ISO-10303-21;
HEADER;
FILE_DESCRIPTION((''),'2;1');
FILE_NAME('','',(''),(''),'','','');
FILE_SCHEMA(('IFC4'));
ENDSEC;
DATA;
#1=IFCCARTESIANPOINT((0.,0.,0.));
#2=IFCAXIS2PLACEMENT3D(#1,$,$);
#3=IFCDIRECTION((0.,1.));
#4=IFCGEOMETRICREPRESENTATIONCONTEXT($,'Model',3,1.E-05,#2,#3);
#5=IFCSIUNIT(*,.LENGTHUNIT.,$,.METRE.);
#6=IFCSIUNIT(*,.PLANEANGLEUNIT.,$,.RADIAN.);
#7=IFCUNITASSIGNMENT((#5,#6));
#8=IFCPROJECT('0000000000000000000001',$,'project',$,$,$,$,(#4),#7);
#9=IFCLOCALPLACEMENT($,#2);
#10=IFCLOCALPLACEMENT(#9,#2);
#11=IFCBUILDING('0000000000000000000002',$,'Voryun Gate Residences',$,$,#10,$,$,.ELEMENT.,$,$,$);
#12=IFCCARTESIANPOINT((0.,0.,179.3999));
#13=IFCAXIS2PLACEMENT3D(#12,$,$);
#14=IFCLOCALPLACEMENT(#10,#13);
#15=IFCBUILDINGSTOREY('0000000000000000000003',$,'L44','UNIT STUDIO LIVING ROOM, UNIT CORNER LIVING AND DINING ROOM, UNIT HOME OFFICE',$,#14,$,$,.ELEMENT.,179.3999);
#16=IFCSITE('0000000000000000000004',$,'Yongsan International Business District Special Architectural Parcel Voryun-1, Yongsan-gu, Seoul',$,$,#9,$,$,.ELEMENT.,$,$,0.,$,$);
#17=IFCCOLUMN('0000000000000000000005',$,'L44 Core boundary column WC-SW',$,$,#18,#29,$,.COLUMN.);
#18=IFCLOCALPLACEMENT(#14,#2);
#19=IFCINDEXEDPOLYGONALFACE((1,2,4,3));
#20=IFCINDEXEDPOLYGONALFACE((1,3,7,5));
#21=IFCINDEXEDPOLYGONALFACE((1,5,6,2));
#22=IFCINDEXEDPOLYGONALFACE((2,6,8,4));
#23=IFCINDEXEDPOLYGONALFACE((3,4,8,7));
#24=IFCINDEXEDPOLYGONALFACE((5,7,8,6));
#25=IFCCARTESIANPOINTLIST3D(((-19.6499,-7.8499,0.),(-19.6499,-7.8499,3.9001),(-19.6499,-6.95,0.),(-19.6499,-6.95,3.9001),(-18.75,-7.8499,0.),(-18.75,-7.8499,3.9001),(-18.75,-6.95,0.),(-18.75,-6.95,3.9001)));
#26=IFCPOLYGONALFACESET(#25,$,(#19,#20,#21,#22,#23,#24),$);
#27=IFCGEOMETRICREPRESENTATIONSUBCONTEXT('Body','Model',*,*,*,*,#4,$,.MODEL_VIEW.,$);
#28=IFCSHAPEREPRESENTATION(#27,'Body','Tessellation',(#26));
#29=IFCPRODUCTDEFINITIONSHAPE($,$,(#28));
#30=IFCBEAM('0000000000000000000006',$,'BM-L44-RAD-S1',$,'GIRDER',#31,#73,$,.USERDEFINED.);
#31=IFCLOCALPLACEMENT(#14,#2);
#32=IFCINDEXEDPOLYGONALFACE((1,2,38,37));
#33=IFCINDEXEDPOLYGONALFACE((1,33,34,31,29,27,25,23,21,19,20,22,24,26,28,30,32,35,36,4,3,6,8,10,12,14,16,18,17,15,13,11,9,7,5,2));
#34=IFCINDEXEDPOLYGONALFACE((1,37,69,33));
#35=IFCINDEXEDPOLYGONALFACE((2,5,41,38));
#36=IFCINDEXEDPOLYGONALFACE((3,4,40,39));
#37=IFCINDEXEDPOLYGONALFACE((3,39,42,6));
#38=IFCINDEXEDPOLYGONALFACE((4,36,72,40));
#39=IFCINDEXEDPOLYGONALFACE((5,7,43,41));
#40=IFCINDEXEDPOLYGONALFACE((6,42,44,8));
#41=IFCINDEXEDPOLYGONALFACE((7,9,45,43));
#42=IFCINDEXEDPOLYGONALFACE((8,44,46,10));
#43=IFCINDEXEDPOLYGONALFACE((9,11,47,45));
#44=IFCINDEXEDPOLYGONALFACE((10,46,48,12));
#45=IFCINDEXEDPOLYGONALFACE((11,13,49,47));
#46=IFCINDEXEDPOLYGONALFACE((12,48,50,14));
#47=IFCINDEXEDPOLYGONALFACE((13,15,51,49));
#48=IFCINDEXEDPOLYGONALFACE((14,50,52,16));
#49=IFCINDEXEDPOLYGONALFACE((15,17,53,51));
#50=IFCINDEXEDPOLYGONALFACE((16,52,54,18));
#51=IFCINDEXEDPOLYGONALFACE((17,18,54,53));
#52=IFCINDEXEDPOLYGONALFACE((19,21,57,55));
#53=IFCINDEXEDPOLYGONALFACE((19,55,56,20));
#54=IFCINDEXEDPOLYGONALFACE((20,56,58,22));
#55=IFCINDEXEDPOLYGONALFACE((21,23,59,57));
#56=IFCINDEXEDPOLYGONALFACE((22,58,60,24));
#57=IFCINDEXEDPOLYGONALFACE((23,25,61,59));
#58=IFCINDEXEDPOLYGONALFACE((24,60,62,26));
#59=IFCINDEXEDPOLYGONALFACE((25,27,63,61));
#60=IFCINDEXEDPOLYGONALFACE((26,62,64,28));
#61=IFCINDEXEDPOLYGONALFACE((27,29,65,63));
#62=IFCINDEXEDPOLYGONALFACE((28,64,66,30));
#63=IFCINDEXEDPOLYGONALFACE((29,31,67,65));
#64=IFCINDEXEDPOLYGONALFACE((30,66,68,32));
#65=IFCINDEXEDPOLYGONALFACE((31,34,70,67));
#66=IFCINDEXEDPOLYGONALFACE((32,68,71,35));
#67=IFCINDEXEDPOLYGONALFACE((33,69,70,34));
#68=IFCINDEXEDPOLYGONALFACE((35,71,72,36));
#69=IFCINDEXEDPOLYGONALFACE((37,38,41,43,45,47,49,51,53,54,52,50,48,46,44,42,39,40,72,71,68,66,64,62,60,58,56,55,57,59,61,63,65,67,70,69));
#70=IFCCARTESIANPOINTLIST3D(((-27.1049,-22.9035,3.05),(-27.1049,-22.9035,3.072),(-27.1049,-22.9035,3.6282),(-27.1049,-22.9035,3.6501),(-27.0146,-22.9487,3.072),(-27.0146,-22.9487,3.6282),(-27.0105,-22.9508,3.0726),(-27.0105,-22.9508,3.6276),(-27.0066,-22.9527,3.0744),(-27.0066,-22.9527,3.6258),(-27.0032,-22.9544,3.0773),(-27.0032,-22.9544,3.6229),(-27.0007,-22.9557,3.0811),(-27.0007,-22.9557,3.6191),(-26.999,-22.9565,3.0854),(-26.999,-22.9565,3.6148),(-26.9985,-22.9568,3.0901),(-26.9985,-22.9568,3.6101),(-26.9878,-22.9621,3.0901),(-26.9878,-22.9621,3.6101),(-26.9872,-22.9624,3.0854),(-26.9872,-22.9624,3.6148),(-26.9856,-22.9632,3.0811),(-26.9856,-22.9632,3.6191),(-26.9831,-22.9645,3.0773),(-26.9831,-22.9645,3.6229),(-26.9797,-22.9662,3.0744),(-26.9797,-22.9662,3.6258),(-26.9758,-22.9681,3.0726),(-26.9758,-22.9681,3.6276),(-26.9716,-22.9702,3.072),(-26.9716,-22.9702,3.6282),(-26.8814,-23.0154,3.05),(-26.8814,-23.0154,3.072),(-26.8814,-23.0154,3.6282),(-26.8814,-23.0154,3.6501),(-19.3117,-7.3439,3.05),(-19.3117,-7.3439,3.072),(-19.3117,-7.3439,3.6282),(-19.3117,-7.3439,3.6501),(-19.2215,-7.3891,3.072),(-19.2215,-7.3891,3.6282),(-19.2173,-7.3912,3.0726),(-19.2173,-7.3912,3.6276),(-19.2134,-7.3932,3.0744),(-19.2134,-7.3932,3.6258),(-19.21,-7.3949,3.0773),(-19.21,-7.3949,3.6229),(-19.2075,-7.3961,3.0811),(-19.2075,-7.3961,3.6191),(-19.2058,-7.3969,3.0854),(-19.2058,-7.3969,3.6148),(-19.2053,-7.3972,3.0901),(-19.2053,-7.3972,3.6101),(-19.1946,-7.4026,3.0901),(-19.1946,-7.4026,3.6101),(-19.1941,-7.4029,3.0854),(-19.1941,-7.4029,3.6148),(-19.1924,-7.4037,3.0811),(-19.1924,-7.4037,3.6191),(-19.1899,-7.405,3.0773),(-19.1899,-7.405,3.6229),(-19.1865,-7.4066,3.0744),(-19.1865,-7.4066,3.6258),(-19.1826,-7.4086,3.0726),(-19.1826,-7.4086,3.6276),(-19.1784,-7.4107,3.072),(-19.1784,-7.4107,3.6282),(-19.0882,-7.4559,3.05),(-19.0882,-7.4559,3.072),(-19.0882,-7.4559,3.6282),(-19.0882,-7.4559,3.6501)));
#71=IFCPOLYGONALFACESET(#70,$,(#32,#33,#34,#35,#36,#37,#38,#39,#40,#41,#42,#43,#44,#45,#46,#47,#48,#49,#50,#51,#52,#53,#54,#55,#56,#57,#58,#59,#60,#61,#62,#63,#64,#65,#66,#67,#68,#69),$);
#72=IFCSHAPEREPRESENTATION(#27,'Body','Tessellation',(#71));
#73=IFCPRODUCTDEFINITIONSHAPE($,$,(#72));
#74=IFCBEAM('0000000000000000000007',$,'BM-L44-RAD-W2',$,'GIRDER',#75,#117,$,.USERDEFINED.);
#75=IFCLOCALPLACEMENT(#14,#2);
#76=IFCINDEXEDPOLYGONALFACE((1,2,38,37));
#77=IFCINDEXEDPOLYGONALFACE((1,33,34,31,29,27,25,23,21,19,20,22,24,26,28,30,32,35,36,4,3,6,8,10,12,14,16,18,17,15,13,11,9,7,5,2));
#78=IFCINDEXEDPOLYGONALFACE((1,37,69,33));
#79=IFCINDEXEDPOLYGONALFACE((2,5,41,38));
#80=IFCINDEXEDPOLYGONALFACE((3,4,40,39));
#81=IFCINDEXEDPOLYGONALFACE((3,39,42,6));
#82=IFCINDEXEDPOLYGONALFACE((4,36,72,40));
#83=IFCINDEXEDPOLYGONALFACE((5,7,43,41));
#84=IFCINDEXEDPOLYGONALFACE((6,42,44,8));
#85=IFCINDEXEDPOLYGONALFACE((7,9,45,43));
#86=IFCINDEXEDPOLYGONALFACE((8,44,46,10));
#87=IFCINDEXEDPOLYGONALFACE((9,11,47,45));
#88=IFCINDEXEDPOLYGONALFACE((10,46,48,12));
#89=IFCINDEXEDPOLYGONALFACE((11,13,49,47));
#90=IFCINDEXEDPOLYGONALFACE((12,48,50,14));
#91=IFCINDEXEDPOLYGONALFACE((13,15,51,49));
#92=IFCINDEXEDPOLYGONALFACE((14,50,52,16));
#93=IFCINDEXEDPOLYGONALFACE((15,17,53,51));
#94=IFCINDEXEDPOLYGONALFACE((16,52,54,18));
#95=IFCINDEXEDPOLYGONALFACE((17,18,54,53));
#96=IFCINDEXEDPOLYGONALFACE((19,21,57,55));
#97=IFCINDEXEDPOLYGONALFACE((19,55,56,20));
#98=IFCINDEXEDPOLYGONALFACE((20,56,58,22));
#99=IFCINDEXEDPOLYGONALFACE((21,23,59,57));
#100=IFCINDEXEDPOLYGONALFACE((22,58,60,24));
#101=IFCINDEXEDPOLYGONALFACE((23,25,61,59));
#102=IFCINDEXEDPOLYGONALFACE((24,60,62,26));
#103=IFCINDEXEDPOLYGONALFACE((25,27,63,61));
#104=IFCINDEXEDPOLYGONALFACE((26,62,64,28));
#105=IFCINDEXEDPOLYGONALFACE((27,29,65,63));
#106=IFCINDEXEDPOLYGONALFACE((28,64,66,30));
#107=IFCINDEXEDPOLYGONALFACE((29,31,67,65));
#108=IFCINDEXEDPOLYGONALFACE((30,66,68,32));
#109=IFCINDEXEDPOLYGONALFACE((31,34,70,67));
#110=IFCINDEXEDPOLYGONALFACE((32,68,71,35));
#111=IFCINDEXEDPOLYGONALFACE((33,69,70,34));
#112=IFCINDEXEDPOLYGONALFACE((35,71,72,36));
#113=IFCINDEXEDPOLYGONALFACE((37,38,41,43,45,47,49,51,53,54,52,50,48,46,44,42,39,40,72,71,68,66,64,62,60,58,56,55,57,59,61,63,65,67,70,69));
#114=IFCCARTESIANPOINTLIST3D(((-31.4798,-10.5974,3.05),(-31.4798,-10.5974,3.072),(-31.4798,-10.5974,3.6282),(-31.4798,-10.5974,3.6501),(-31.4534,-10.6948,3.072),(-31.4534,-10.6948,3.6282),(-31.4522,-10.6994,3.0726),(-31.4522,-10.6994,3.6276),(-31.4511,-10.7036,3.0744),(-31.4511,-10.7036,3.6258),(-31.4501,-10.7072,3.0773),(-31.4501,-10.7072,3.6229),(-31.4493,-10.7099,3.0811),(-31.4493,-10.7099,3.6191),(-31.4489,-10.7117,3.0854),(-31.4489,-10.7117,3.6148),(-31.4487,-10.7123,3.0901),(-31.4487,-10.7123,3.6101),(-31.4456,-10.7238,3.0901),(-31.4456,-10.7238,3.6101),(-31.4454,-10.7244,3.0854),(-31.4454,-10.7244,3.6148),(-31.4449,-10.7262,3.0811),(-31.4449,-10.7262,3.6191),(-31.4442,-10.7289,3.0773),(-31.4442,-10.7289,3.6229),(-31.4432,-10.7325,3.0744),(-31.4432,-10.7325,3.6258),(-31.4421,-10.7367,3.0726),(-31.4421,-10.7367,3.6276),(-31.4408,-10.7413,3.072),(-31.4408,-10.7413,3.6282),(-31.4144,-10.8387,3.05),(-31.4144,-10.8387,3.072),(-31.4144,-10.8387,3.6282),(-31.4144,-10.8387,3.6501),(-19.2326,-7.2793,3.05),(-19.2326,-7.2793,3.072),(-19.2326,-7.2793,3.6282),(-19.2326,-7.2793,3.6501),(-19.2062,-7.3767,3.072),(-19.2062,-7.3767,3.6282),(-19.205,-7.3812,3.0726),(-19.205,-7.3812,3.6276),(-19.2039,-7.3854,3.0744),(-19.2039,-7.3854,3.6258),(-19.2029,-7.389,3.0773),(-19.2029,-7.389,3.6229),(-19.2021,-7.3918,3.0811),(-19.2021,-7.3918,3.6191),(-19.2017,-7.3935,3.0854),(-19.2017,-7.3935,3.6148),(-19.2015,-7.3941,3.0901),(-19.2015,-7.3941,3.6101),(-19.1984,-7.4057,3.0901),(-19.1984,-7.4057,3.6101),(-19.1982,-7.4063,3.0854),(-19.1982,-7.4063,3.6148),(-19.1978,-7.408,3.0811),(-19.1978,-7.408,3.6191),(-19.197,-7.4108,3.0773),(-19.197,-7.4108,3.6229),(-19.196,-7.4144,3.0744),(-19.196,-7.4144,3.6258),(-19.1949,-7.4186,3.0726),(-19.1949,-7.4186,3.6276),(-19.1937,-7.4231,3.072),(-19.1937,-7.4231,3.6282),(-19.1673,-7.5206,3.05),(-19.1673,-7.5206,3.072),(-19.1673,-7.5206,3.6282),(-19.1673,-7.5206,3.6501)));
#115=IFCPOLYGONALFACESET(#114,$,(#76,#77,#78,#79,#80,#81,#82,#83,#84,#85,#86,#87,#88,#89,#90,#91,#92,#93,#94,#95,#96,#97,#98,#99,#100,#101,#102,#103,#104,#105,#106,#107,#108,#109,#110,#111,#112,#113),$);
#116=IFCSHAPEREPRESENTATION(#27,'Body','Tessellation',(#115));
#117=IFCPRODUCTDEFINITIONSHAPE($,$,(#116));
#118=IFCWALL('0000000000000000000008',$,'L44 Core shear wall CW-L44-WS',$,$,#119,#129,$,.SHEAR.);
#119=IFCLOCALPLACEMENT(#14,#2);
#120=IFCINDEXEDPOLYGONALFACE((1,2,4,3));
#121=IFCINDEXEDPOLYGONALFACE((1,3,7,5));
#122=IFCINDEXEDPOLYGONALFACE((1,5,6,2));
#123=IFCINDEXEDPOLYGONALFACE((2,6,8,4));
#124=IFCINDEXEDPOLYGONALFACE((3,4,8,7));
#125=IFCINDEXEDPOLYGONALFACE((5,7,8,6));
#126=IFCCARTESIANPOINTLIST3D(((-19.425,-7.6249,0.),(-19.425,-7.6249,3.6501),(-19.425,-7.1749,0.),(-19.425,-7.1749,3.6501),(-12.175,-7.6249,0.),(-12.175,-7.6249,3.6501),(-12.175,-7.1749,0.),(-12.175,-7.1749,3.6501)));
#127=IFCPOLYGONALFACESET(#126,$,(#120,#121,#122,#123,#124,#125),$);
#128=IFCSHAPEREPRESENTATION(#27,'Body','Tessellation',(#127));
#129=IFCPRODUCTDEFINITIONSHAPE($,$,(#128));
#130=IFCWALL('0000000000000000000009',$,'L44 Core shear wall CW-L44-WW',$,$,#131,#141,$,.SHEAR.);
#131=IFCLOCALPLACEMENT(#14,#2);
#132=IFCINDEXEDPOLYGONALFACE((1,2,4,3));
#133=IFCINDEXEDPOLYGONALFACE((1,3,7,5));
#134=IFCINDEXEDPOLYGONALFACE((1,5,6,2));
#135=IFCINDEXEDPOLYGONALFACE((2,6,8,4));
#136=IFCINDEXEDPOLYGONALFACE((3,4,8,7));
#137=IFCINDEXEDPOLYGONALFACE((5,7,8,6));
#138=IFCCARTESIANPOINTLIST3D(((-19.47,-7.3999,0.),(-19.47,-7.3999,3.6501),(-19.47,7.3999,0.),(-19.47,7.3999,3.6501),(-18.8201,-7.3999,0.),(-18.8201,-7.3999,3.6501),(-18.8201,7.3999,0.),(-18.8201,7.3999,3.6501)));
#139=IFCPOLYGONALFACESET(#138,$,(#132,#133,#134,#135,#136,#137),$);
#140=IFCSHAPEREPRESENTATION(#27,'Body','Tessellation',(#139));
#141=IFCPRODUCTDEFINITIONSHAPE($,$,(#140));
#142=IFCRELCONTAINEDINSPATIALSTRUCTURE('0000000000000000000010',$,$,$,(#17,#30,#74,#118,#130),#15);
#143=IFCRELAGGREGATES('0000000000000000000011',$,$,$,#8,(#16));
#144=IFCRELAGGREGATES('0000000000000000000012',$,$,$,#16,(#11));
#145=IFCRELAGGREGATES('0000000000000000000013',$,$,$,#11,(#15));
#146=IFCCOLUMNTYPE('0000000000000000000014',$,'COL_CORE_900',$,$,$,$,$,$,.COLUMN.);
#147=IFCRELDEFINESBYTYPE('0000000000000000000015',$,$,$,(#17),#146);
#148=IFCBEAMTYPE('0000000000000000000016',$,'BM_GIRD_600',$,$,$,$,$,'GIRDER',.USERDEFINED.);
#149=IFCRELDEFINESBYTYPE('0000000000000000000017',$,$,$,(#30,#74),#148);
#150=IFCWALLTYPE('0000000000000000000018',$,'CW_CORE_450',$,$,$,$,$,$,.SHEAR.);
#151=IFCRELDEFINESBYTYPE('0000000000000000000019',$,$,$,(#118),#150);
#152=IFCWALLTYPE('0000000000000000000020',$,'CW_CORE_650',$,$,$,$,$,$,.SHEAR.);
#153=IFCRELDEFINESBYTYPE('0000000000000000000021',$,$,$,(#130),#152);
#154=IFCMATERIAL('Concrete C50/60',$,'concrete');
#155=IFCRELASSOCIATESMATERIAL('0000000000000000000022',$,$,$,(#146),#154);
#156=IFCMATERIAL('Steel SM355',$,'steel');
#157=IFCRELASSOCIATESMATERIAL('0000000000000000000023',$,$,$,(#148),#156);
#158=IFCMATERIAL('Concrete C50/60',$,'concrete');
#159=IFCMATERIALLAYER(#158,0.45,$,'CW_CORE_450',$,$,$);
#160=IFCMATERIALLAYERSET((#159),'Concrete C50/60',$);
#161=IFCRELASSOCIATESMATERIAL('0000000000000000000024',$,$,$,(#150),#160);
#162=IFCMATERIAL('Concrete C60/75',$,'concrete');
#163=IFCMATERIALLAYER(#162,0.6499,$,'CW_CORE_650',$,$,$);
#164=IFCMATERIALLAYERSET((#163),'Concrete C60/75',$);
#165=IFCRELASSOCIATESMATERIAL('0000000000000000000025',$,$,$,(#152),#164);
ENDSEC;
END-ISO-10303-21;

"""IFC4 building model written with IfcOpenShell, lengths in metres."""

from ifc_helpers import new_model, si_unit, direction, frame, frame_2d, origin, origin_2d, place, context, subcontext, project, spatial, rectangle, i_section, extrude, material, layer, layer_set, material_profile, profile_set, type_object, element, save


model = new_model("IFC4")

# Units and contexts
model_context = context("Model", 3, precision=1e-05, world=origin(), true_north=direction((0.0, 1.0)))
body_context = subcontext(model_context, "Body", "Model", "MODEL_VIEW")
ifc_project = project(units=[si_unit("LENGTHUNIT", "METRE"), si_unit("PLANEANGLEUNIT", "RADIAN")], contexts=[model_context])

# Site, building, storey
site_placement = place(None, origin())
site = spatial("IfcSite", under=ifc_project, at=site_placement, Name="Yongsan International Business District Special Architectural Parcel Voryun-1, Yongsan-gu, Seoul", CompositionType="ELEMENT", RefElevation=0.0)
building_placement = place(site_placement, origin())
building = spatial("IfcBuilding", under=site, at=building_placement, Name="Voryun Gate Residences", CompositionType="ELEMENT")
storey_placement = place(building_placement, frame((0.0, 0.0, 179.3999)))
storey = spatial("IfcBuildingStorey", under=building, at=storey_placement, Name="L44", Description="UNIT STUDIO LIVING ROOM, UNIT CORNER LIVING AND DINING ROOM, UNIT HOME OFFICE", CompositionType="ELEMENT", Elevation=179.3999)

# Column
ifc_material_1 = material(Name="Concrete C50/60", Category="concrete")
ifc_material_profile_1 = material_profile(ifc_material_1, rectangle(XDim=0.8999, YDim=0.8999, at=origin_2d()), Name="RC-900x900")
ifc_profile_set_1 = profile_set([ifc_material_profile_1], Name="Concrete C50/60")
column_type = type_object("IfcColumnType", Name="COL_CORE_900", PredefinedType="COLUMN", material=ifc_profile_set_1)
column_placement = place(storey_placement, frame((-19.2, -7.3999, 0.0), z_axis=(0.0, 0.0, 1.0), x_axis=(1.0, 0.0, 0.0)))
element("IfcColumn", 1, at=column_placement, inside=storey, type_object=column_type, Name="L44 Core boundary column WC-SW", PredefinedType="COLUMN", context=body_context, shape_type="SweptSolid", body=[
    extrude(rectangle(XDim=0.8999, YDim=0.8999, at=origin_2d()), origin(), (0.0, 0.0, 1.0), 3.9001),
])

# Beams
ifc_material_2 = material(Name="Steel SM355", Category="steel")
ifc_material_profile_2 = material_profile(ifc_material_2, i_section(OverallWidth=0.25, OverallDepth=0.6001, WebThickness=0.012, FlangeThickness=0.022, FilletRadius=0.0181, at=origin_2d()), Name="H-600x250x12x22")
ifc_profile_set_2 = profile_set([ifc_material_profile_2], Name="Steel SM355")
beam_type = type_object("IfcBeamType", Name="BM_GIRD_600", ElementType="GIRDER", PredefinedType="USERDEFINED", material=ifc_profile_set_2)
beam_1_placement = place(storey_placement, frame((-19.2, -7.3999, 3.3501), z_axis=(-0.447831, -0.894118, 0.0), x_axis=(0.894118, -0.447831, 0.0)))
element("IfcBeam", 2, at=beam_1_placement, inside=storey, type_object=beam_type, Name="BM-L44-RAD-S1", ObjectType="GIRDER", PredefinedType="USERDEFINED", context=body_context, shape_type="SweptSolid", body=[
    extrude(i_section(OverallWidth=0.25, OverallDepth=0.6001, WebThickness=0.012, FlangeThickness=0.022, FilletRadius=0.0181, at=origin_2d()), origin(), (0.0, 0.0, 1.0), 17.4021),
])
beam_2_placement = place(storey_placement, frame((-19.2, -7.3999, 3.3501), z_axis=(-0.965202, -0.261504, 0.0), x_axis=(0.261504, -0.965202, 0.0)))
element("IfcBeam", 3, at=beam_2_placement, inside=storey, type_object=beam_type, Name="BM-L44-RAD-W2", ObjectType="GIRDER", PredefinedType="USERDEFINED", context=body_context, shape_type="SweptSolid", body=[
    extrude(i_section(OverallWidth=0.25, OverallDepth=0.6001, WebThickness=0.012, FlangeThickness=0.022, FilletRadius=0.0181, at=origin_2d()), origin(), (0.0, 0.0, 1.0), 12.6887),
])

# Walls
ifc_material_3 = material(Name="Concrete C50/60", Category="concrete")
ifc_layer_1 = layer(ifc_material_3, 0.45, Name="CW_CORE_450")
ifc_layer_set_1 = layer_set([ifc_layer_1], Name="Concrete C50/60")
wall_type_1 = type_object("IfcWallType", Name="CW_CORE_450", PredefinedType="SHEAR", material=ifc_layer_set_1)
wall_1_placement = place(storey_placement, frame((-19.425, -7.3999, 0.0), z_axis=(0.0, 0.0, 1.0), x_axis=(1.0, 0.0, 0.0)))
element("IfcWall", 4, at=wall_1_placement, inside=storey, type_object=wall_type_1, Name="L44 Core shear wall CW-L44-WS", PredefinedType="SHEAR", context=body_context, shape_type="SweptSolid", body=[
    extrude(rectangle(XDim=7.25, YDim=0.45, at=frame_2d((3.625, 0.0))), origin(), (0.0, 0.0, 1.0), 3.6501),
])
ifc_material_4 = material(Name="Concrete C60/75", Category="concrete")
ifc_layer_2 = layer(ifc_material_4, 0.6499, Name="CW_CORE_650")
ifc_layer_set_2 = layer_set([ifc_layer_2], Name="Concrete C60/75")
wall_type_2 = type_object("IfcWallType", Name="CW_CORE_650", PredefinedType="SHEAR", material=ifc_layer_set_2)
wall_2_placement = place(storey_placement, frame((-19.145, -7.3999, 0.0), z_axis=(0.0, 0.0, 1.0), x_axis=(0.0, 1.0, 0.0)))
element("IfcWall", 5, at=wall_2_placement, inside=storey, type_object=wall_type_2, Name="L44 Core shear wall CW-L44-WW", PredefinedType="SHEAR", context=body_context, shape_type="SweptSolid", body=[
    extrude(rectangle(XDim=14.7998, YDim=0.6499, at=frame_2d((7.3999, 0.0))), origin(), (0.0, 0.0, 1.0), 3.6501),
])

save(model, "model.ifc")
